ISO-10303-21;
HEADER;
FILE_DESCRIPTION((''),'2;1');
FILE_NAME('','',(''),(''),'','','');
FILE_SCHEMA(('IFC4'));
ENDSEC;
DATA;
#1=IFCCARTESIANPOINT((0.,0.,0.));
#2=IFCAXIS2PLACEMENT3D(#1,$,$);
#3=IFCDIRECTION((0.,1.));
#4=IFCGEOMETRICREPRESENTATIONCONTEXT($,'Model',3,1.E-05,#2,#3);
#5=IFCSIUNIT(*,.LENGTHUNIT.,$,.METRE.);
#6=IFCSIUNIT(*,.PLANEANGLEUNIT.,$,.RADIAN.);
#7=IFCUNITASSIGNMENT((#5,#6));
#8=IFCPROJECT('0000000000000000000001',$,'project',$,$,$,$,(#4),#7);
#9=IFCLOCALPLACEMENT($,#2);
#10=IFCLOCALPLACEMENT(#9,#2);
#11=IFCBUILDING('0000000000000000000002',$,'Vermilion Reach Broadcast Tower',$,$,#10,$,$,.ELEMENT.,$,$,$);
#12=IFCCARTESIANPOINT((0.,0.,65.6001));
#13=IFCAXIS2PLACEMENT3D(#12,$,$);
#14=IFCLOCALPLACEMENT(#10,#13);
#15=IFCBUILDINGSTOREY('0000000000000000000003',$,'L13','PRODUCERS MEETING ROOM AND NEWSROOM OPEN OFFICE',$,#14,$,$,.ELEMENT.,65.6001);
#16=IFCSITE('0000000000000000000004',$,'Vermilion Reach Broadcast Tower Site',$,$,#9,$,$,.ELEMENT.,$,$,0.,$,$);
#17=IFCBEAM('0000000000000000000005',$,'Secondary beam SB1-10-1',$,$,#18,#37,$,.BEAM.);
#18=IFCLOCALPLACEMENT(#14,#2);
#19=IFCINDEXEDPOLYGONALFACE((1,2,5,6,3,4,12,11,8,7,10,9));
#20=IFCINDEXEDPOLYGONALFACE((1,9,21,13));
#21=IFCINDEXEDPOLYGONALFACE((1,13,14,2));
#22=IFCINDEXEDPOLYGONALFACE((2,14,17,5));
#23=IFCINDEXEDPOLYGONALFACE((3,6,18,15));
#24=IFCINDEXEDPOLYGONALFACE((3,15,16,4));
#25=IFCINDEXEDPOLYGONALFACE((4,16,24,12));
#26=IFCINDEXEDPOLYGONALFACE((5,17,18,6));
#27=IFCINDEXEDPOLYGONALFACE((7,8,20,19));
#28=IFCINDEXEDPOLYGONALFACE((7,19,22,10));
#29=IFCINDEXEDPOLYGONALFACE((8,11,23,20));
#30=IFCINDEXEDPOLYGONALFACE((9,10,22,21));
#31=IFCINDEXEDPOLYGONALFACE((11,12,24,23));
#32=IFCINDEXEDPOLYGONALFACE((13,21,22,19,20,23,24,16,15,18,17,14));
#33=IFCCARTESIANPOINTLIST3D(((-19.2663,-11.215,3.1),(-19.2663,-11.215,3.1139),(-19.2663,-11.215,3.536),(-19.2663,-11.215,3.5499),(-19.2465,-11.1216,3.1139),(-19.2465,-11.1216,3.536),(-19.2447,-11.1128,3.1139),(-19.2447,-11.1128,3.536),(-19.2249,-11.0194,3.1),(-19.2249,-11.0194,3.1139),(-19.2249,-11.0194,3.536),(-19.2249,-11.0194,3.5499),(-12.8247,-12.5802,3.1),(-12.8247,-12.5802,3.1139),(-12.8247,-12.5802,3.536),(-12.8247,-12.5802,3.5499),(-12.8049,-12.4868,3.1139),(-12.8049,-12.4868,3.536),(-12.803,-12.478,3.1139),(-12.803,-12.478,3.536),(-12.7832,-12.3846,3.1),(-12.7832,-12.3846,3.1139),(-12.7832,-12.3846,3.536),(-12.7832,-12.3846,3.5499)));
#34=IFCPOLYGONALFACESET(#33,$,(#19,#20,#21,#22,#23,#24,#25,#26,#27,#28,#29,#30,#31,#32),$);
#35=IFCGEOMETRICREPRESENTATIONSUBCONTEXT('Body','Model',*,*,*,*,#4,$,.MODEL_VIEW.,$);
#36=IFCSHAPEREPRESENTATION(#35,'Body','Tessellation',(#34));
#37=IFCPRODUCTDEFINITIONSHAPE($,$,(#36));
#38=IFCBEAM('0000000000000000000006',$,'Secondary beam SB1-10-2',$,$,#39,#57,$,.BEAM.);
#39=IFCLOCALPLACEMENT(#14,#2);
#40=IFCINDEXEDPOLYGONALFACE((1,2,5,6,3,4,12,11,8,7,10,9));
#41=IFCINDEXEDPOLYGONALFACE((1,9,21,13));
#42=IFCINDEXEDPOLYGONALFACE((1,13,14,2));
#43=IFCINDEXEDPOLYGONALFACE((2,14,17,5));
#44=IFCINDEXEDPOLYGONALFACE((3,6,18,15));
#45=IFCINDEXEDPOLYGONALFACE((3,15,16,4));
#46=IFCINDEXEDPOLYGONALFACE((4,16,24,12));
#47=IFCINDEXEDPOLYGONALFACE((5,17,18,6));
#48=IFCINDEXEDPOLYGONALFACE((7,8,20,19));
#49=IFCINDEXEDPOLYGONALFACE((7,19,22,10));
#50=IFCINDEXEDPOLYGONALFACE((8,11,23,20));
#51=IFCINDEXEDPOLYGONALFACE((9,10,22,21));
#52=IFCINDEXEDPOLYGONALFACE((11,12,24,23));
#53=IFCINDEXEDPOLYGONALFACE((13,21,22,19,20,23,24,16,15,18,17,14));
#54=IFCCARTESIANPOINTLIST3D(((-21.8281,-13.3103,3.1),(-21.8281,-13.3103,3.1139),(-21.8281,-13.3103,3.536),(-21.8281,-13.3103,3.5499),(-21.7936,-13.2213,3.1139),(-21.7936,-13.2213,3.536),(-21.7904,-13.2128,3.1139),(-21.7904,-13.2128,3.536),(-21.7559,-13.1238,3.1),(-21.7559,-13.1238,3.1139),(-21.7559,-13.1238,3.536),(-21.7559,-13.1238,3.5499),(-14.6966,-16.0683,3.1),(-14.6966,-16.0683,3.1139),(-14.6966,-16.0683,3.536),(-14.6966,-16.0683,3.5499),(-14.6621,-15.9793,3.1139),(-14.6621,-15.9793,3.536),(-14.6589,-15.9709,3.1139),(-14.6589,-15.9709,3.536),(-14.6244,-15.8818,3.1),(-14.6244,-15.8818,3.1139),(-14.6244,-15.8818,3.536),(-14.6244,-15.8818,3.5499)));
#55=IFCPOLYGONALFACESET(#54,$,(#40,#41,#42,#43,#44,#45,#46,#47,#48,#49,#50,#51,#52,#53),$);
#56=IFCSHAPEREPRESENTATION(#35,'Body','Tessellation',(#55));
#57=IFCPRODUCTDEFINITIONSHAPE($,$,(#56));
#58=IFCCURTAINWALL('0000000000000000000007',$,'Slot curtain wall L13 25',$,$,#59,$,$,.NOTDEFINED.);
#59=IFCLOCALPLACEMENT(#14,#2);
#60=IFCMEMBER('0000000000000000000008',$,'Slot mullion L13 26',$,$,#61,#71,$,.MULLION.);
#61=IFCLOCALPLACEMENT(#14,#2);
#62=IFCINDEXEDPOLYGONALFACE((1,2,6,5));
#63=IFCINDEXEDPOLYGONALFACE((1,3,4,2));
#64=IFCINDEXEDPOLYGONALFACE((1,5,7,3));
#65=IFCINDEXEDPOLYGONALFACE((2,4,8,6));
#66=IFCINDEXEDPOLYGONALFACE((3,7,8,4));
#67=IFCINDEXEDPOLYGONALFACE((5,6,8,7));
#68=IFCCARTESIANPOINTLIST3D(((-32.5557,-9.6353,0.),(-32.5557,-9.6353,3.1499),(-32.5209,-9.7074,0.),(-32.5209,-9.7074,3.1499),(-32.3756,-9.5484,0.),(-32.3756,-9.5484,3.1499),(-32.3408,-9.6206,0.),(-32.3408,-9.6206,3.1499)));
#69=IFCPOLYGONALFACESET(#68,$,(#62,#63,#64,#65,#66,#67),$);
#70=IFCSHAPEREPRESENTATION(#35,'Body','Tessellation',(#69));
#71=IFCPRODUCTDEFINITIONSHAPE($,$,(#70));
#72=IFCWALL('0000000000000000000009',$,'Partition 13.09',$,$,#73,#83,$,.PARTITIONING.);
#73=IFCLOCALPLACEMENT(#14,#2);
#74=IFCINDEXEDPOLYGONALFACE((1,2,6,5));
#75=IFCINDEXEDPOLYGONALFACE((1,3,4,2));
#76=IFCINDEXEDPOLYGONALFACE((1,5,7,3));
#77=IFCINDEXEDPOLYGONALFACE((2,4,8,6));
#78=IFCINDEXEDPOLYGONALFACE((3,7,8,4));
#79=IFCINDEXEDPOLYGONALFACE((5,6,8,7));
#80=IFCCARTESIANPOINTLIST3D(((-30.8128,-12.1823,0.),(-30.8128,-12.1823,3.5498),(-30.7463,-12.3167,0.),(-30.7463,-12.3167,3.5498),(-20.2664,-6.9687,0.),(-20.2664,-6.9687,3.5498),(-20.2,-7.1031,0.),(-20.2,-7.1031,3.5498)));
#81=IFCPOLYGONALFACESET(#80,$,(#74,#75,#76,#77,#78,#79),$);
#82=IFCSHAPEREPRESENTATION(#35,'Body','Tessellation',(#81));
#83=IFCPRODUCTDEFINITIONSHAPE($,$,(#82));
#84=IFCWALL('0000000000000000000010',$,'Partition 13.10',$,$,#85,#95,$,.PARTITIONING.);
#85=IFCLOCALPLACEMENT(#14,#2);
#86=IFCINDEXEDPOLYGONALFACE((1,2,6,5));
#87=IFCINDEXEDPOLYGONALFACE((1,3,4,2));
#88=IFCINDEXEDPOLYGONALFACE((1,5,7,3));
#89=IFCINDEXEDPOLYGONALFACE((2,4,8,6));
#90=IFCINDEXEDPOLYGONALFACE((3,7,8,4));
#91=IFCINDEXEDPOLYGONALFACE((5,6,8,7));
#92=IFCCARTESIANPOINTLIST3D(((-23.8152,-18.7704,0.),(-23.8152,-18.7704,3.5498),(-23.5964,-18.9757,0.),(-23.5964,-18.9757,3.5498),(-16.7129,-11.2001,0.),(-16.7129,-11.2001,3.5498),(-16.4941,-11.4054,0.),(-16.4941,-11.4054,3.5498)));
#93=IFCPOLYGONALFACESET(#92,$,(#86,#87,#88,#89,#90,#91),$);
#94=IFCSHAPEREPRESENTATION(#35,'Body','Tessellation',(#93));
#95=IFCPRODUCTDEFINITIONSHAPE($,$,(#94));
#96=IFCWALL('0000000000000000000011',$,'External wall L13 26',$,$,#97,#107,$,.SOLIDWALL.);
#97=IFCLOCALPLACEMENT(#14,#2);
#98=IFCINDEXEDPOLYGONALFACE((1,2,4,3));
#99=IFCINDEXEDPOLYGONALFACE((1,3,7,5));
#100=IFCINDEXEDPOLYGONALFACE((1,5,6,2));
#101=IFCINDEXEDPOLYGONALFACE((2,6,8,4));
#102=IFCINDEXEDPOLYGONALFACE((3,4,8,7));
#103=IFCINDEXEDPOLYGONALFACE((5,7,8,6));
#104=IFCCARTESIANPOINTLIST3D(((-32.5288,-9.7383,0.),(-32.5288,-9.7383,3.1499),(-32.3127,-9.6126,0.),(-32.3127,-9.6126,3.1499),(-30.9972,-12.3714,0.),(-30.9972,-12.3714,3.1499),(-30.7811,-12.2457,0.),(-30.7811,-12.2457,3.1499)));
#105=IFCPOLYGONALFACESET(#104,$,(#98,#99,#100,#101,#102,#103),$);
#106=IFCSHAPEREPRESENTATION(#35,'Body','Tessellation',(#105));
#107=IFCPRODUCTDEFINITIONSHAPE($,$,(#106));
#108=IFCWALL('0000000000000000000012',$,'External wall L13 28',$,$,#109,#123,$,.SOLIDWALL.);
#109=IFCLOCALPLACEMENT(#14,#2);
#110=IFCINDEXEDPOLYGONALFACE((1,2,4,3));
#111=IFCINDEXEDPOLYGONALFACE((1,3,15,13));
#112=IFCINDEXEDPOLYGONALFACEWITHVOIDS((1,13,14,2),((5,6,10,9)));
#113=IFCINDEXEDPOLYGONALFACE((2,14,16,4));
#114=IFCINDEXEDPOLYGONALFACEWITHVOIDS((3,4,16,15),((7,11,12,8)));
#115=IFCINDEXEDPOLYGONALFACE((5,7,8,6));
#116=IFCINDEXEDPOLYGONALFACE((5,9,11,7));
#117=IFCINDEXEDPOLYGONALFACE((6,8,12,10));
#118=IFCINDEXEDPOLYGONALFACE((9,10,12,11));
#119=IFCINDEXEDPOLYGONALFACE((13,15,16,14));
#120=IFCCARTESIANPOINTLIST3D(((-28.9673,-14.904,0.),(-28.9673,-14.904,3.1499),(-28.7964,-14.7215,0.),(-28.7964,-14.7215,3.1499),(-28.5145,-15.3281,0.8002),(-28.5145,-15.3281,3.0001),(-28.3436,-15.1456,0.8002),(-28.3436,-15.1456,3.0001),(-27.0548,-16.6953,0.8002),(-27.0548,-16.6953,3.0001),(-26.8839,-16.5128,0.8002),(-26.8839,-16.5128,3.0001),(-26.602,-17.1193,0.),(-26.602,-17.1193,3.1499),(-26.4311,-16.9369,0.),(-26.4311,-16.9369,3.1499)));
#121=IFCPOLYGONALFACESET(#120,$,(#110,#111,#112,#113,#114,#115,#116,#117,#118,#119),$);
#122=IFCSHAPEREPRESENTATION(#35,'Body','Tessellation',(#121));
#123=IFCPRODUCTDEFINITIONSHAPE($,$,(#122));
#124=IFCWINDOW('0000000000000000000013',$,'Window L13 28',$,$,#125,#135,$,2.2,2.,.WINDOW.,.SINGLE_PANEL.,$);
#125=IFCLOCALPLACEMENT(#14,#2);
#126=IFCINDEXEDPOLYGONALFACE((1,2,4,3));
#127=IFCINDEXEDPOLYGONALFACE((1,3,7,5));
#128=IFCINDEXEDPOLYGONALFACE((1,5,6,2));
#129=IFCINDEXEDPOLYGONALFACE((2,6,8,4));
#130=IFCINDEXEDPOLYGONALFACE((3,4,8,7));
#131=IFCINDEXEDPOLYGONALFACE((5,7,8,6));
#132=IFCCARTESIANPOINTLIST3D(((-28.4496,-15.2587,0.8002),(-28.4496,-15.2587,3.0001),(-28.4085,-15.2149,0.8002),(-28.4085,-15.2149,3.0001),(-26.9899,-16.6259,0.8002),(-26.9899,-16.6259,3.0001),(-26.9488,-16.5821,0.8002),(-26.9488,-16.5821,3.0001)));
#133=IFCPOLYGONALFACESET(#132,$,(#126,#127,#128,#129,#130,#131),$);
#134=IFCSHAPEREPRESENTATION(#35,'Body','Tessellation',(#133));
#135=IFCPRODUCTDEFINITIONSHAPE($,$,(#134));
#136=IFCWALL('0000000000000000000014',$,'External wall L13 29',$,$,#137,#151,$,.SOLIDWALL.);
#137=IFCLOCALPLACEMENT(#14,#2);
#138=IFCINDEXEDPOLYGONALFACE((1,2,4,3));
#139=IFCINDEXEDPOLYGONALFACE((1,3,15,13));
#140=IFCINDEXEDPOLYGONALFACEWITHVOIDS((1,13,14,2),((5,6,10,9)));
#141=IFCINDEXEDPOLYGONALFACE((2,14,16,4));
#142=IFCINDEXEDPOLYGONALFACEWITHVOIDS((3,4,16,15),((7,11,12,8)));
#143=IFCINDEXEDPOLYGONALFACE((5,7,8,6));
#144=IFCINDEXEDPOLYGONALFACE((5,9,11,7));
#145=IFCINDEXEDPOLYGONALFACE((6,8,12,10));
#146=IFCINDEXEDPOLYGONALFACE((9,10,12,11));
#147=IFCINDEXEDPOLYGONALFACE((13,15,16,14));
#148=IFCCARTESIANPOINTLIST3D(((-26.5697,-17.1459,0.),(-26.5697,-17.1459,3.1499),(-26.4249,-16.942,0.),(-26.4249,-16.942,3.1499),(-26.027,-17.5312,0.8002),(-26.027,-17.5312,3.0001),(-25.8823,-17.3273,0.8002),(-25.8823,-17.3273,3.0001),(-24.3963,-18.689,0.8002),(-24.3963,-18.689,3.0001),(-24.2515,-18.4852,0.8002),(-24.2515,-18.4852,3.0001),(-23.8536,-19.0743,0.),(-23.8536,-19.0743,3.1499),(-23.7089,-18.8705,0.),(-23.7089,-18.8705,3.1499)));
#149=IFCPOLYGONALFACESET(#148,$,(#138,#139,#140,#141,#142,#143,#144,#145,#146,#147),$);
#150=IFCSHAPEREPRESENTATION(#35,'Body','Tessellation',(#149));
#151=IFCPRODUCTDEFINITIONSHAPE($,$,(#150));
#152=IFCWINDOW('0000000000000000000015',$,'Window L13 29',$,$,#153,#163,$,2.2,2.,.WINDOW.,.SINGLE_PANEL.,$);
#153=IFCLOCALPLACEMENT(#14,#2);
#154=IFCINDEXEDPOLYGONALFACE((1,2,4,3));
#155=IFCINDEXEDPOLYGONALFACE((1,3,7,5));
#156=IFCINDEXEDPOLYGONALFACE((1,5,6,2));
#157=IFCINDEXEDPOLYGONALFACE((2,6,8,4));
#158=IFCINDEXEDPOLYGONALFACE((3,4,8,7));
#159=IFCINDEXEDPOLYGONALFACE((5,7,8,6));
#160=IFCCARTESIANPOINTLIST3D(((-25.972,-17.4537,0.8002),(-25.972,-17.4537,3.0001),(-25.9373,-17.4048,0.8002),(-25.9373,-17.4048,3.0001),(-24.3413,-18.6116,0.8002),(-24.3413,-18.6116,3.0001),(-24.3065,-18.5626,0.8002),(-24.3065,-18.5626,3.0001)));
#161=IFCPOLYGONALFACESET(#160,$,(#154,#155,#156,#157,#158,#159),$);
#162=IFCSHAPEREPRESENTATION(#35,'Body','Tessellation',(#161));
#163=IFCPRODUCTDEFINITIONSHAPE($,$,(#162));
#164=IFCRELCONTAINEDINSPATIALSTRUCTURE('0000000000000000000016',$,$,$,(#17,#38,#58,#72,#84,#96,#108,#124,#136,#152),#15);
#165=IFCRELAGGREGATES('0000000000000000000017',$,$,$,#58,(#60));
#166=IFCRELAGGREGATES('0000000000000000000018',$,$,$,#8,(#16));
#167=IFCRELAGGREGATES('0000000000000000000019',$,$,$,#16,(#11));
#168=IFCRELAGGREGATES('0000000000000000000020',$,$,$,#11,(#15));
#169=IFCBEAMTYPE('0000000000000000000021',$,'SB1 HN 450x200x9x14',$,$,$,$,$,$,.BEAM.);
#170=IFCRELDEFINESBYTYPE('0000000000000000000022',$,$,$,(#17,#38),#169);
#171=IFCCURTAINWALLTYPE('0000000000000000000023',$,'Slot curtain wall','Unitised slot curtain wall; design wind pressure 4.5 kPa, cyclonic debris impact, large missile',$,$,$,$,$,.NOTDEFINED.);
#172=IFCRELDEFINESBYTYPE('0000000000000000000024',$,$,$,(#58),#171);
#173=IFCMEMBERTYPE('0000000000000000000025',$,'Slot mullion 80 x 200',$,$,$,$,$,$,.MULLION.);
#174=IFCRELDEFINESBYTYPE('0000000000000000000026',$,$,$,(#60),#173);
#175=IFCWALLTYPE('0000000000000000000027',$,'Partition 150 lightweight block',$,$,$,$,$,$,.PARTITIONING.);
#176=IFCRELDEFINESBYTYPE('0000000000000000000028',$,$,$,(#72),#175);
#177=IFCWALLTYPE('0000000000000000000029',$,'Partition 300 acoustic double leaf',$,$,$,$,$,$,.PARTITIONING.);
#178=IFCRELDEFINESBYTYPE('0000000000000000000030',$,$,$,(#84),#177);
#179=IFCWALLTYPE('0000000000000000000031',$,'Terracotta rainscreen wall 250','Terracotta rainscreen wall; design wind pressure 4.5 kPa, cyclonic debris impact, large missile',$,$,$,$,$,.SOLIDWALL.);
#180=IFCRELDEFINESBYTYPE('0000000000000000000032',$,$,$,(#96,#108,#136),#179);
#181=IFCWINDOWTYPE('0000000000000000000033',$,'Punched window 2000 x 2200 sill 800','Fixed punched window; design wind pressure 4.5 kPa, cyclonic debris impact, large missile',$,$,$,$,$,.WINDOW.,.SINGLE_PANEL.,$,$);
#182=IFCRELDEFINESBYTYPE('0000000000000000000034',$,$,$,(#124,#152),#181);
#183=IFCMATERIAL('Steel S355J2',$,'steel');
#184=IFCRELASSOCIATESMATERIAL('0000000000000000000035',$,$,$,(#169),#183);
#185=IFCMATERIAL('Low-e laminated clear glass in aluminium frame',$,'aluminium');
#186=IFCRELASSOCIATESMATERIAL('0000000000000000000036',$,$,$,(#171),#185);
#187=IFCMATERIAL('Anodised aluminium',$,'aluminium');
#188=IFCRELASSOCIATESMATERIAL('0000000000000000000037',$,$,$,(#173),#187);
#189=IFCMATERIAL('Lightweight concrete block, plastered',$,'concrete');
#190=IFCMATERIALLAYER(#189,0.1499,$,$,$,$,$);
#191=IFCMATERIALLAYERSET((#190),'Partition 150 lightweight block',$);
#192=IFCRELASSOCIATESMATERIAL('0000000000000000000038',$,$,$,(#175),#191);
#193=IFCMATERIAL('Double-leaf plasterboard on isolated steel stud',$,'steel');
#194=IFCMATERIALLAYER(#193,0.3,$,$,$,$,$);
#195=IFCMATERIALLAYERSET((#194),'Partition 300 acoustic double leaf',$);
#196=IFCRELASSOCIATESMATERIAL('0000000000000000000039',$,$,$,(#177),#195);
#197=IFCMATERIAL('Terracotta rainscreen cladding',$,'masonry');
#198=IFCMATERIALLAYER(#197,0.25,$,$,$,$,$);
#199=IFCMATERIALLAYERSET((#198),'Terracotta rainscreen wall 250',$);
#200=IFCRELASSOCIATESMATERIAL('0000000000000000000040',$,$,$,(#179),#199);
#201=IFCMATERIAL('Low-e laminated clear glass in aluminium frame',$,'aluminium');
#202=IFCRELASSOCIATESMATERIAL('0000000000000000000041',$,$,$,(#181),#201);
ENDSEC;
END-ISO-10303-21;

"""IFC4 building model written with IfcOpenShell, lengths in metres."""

from ifc_helpers import new_model, si_unit, direction, frame, frame_2d, origin, origin_2d, place, context, subcontext, project, spatial, rectangle, i_section, extrude, material, layer, layer_set, material_profile, profile_set, type_object, element, fill, aggregate, save


model = new_model("IFC4")

# Units and contexts
model_context = context("Model", 3, precision=1e-05, world=origin(), true_north=direction((0.0, 1.0)))
body_context = subcontext(model_context, "Body", "Model", "MODEL_VIEW")
ifc_project = project(units=[si_unit("LENGTHUNIT", "METRE"), si_unit("PLANEANGLEUNIT", "RADIAN")], contexts=[model_context])

# Site, building, storey
site_placement = place(None, origin())
site = spatial("IfcSite", under=ifc_project, at=site_placement, Name="Vermilion Reach Broadcast Tower Site", CompositionType="ELEMENT", RefElevation=0.0)
building_placement = place(site_placement, origin())
building = spatial("IfcBuilding", under=site, at=building_placement, Name="Vermilion Reach Broadcast Tower", CompositionType="ELEMENT")
storey_placement = place(building_placement, frame((0.0, 0.0, 65.6001)))
storey = spatial("IfcBuildingStorey", under=building, at=storey_placement, Name="L13", Description="PRODUCERS MEETING ROOM AND NEWSROOM OPEN OFFICE", CompositionType="ELEMENT", Elevation=65.6001)

# Beams
ifc_material_1 = material(Name="Steel S355J2", Category="steel")
ifc_material_profile_1 = material_profile(ifc_material_1, i_section(OverallWidth=0.2, OverallDepth=0.45, WebThickness=0.009, FlangeThickness=0.0139, at=origin_2d()), Name="S355J2 HN 450x200x9x14")
ifc_profile_set_1 = profile_set([ifc_material_profile_1], Name="Steel S355J2")
beam_type_1 = type_object("IfcBeamType", Name="SB1 HN 450x200x9x14", PredefinedType="BEAM", material=ifc_profile_set_1)
beam_1_placement = place(storey_placement, frame((-19.2456, -11.1172, 3.325), z_axis=(0.97827, -0.207333, 0.0), x_axis=(0.207333, 0.97827, 0.0)))
element("IfcBeam", 1, at=beam_1_placement, inside=storey, type_object=beam_type_1, Name="Secondary beam SB1-10-1", PredefinedType="BEAM", context=body_context, shape_type="SweptSolid", body=[
    extrude(i_section(OverallWidth=0.2, OverallDepth=0.45, WebThickness=0.009, FlangeThickness=0.0139, at=origin_2d()), origin(), (0.0, 0.0, 1.0), 6.5847),
])
beam_2_placement = place(storey_placement, frame((-21.792, -13.217, 3.325), z_axis=(0.932681, -0.360703, 0.0), x_axis=(0.360703, 0.932681, 0.0)))
element("IfcBeam", 2, at=beam_2_placement, inside=storey, type_object=beam_type_1, Name="Secondary beam SB1-10-2", PredefinedType="BEAM", context=body_context, shape_type="SweptSolid", body=[
    extrude(i_section(OverallWidth=0.2, OverallDepth=0.45, WebThickness=0.009, FlangeThickness=0.0139, at=origin_2d()), origin(), (0.0, 0.0, 1.0), 7.6462),
])

# Curtain wall, member
ifc_material_2 = material(Name="Low-e laminated clear glass in aluminium frame", Category="aluminium")
curtain_wall_type = type_object("IfcCurtainWallType", Name="Slot curtain wall", Description="Unitised slot curtain wall; design wind pressure 4.5 kPa, cyclonic debris impact, large missile", PredefinedType="NOTDEFINED", material=ifc_material_2)
curtain_wall_placement = place(storey_placement, origin())
curtain_wall = element("IfcCurtainWall", 3, at=curtain_wall_placement, inside=storey, type_object=curtain_wall_type, Name="Slot curtain wall L13 25", PredefinedType="NOTDEFINED")
ifc_material_3 = material(Name="Anodised aluminium", Category="aluminium")
ifc_material_profile_2 = material_profile(ifc_material_3, rectangle(XDim=0.2, YDim=0.0801, at=origin_2d()), Name="Slot mullion 80 x 200")
ifc_profile_set_2 = profile_set([ifc_material_profile_2], Name="Anodised aluminium")
member_type = type_object("IfcMemberType", Name="Slot mullion 80 x 200", PredefinedType="MULLION", material=ifc_profile_set_2)
member_placement = place(storey_placement, frame((-32.4482, -9.6279, 0.0), z_axis=(0.0, 0.0, 1.0), x_axis=(0.900672, 0.434499, 0.0)))
member = element("IfcMember", 4, at=member_placement, type_object=member_type, Name="Slot mullion L13 26", PredefinedType="MULLION", context=body_context, shape_type="SweptSolid", body=[
    extrude(rectangle(XDim=0.2, YDim=0.0801, at=origin_2d()), origin(), (0.0, 0.0, 1.0), 3.1499),
])
aggregate(curtain_wall, [member])

# Walls
ifc_material_4 = material(Name="Lightweight concrete block, plastered", Category="concrete")
ifc_layer_1 = layer(ifc_material_4, 0.1499)
ifc_layer_set_1 = layer_set([ifc_layer_1], Name="Partition 150 lightweight block")
wall_type_1 = type_object("IfcWallType", Name="Partition 150 lightweight block", PredefinedType="PARTITIONING", material=ifc_layer_set_1)
wall_1_placement = place(storey_placement, frame((-30.7795, -12.2495, 0.0), z_axis=(0.0, 0.0, 1.0), x_axis=(0.896443, 0.443158, 0.0)))
element("IfcWall", 5, at=wall_1_placement, inside=storey, type_object=wall_type_1, Name="Partition 13.09", PredefinedType="PARTITIONING", context=body_context, shape_type="SweptSolid", body=[
    extrude(rectangle(XDim=11.7646, YDim=0.1499, at=frame_2d((5.8823, 0.0))), origin(), (0.0, 0.0, 1.0), 3.5498),
])
ifc_material_5 = material(Name="Double-leaf plasterboard on isolated steel stud", Category="steel")
ifc_layer_2 = layer(ifc_material_5, 0.3)
ifc_layer_set_2 = layer_set([ifc_layer_2], Name="Partition 300 acoustic double leaf")
wall_type_2 = type_object("IfcWallType", Name="Partition 300 acoustic double leaf", PredefinedType="PARTITIONING", material=ifc_layer_set_2)
wall_2_placement = place(storey_placement, frame((-23.7058, -18.873, 0.0), z_axis=(0.0, 0.0, 1.0), x_axis=(0.684204, 0.729291, 0.0)))
element("IfcWall", 6, at=wall_2_placement, inside=storey, type_object=wall_type_2, Name="Partition 13.10", PredefinedType="PARTITIONING", context=body_context, shape_type="SweptSolid", body=[
    extrude(rectangle(XDim=10.3804, YDim=0.3, at=frame_2d((5.1902, 0.0))), origin(), (0.0, 0.0, 1.0), 3.5498),
])
ifc_material_6 = material(Name="Terracotta rainscreen cladding", Category="masonry")
ifc_layer_3 = layer(ifc_material_6, 0.25)
ifc_layer_set_3 = layer_set([ifc_layer_3], Name="Terracotta rainscreen wall 250")
wall_type_3 = type_object("IfcWallType", Name="Terracotta rainscreen wall 250", Description="Terracotta rainscreen wall; design wind pressure 4.5 kPa, cyclonic debris impact, large missile", PredefinedType="SOLIDWALL", material=ifc_layer_set_3)
wall_3_placement = place(storey_placement, frame((-32.4207, -9.6755, 0.0), z_axis=(0.0, 0.0, 1.0), x_axis=(0.502779, -0.864415, 0.0)))
element("IfcWall", 7, at=wall_3_placement, inside=storey, type_object=wall_type_3, Name="External wall L13 26", PredefinedType="SOLIDWALL", context=body_context, shape_type="SweptSolid", body=[
    extrude(rectangle(XDim=3.0461, YDim=0.25, at=frame_2d((1.5229, 0.0))), origin(), (0.0, 0.0, 1.0), 3.1499),
])

# Walls, openings, windows
wall_4_placement = place(storey_placement, frame((-28.8818, -14.8127, 0.0), z_axis=(0.0, 0.0, 1.0), x_axis=(0.729857, -0.6836, 0.0)))
wall_4 = element("IfcWall", 8, at=wall_4_placement, inside=storey, type_object=wall_type_3, Name="External wall L13 28", PredefinedType="SOLIDWALL", context=body_context, shape_type="SweptSolid", body=[
    extrude(rectangle(XDim=3.2407, YDim=0.25, at=frame_2d((1.6204, 0.0))), origin(), (0.0, 0.0, 1.0), 3.1499),
])
opening_1_placement = place(wall_4_placement, frame((0.6204, 0.0, 0.8)))
opening_1 = element("IfcOpeningElement", 9, at=opening_1_placement, cuts=wall_4, PredefinedType="OPENING", context=body_context, shape_type="SweptSolid", body=[
    extrude(rectangle(XDim=2.0, YDim=2.2, at=frame_2d((1.0, 1.1001))), frame((0.0, 0.135, 0.0), z_axis=(0.0, -1.0, 0.0), x_axis=(1.0, 0.0, 0.0)), (0.0, 0.0, 1.0), 0.27),
])
ifc_material_7 = material(Name="Low-e laminated clear glass in aluminium frame", Category="aluminium")
window_type = type_object("IfcWindowType", Name="Punched window 2000 x 2200 sill 800", Description="Fixed punched window; design wind pressure 4.5 kPa, cyclonic debris impact, large missile", PartitioningType="SINGLE_PANEL", PredefinedType="WINDOW", material=ifc_material_7)
window_1_placement = place(opening_1_placement, origin())
window_1 = element("IfcWindow", 10, at=window_1_placement, inside=storey, type_object=window_type, Name="Window L13 28", OverallHeight=2.2, OverallWidth=2.0, PartitioningType="SINGLE_PANEL", PredefinedType="WINDOW", context=body_context, shape_type="SweptSolid", body=[
    extrude(rectangle(XDim=2.0, YDim=2.2, at=frame_2d((1.0, 1.1001))), frame((0.0, 0.03, 0.0), z_axis=(0.0, -1.0, 0.0), x_axis=(1.0, 0.0, 0.0)), (0.0, 0.0, 1.0), 0.0601),
])
fill(opening_1, window_1)
wall_5_placement = place(storey_placement, frame((-26.4973, -17.0439, 0.0), z_axis=(0.0, 0.0, 1.0), x_axis=(0.815374, -0.578934, 0.0)))
wall_5 = element("IfcWall", 11, at=wall_5_placement, inside=storey, type_object=wall_type_3, Name="External wall L13 29", PredefinedType="SOLIDWALL", context=body_context, shape_type="SweptSolid", body=[
    extrude(rectangle(XDim=3.3311, YDim=0.25, at=frame_2d((1.6655, 0.0))), origin(), (0.0, 0.0, 1.0), 3.1499),
])
opening_2_placement = place(wall_5_placement, frame((0.6655, 0.0, 0.8)))
opening_2 = element("IfcOpeningElement", 12, at=opening_2_placement, cuts=wall_5, PredefinedType="OPENING", context=body_context, shape_type="SweptSolid", body=[
    extrude(rectangle(XDim=2.0, YDim=2.2, at=frame_2d((1.0, 1.1001))), frame((0.0, 0.135, 0.0), z_axis=(0.0, -1.0, 0.0), x_axis=(1.0, 0.0, 0.0)), (0.0, 0.0, 1.0), 0.27),
])
window_2_placement = place(opening_2_placement, origin())
window_2 = element("IfcWindow", 13, at=window_2_placement, inside=storey, type_object=window_type, Name="Window L13 29", OverallHeight=2.2, OverallWidth=2.0, PartitioningType="SINGLE_PANEL", PredefinedType="WINDOW", context=body_context, shape_type="SweptSolid", body=[
    extrude(rectangle(XDim=2.0, YDim=2.2, at=frame_2d((1.0, 1.1001))), frame((0.0, 0.03, 0.0), z_axis=(0.0, -1.0, 0.0), x_axis=(1.0, 0.0, 0.0)), (0.0, 0.0, 1.0), 0.0601),
])
fill(opening_2, window_2)

save(model, "model.ifc")
